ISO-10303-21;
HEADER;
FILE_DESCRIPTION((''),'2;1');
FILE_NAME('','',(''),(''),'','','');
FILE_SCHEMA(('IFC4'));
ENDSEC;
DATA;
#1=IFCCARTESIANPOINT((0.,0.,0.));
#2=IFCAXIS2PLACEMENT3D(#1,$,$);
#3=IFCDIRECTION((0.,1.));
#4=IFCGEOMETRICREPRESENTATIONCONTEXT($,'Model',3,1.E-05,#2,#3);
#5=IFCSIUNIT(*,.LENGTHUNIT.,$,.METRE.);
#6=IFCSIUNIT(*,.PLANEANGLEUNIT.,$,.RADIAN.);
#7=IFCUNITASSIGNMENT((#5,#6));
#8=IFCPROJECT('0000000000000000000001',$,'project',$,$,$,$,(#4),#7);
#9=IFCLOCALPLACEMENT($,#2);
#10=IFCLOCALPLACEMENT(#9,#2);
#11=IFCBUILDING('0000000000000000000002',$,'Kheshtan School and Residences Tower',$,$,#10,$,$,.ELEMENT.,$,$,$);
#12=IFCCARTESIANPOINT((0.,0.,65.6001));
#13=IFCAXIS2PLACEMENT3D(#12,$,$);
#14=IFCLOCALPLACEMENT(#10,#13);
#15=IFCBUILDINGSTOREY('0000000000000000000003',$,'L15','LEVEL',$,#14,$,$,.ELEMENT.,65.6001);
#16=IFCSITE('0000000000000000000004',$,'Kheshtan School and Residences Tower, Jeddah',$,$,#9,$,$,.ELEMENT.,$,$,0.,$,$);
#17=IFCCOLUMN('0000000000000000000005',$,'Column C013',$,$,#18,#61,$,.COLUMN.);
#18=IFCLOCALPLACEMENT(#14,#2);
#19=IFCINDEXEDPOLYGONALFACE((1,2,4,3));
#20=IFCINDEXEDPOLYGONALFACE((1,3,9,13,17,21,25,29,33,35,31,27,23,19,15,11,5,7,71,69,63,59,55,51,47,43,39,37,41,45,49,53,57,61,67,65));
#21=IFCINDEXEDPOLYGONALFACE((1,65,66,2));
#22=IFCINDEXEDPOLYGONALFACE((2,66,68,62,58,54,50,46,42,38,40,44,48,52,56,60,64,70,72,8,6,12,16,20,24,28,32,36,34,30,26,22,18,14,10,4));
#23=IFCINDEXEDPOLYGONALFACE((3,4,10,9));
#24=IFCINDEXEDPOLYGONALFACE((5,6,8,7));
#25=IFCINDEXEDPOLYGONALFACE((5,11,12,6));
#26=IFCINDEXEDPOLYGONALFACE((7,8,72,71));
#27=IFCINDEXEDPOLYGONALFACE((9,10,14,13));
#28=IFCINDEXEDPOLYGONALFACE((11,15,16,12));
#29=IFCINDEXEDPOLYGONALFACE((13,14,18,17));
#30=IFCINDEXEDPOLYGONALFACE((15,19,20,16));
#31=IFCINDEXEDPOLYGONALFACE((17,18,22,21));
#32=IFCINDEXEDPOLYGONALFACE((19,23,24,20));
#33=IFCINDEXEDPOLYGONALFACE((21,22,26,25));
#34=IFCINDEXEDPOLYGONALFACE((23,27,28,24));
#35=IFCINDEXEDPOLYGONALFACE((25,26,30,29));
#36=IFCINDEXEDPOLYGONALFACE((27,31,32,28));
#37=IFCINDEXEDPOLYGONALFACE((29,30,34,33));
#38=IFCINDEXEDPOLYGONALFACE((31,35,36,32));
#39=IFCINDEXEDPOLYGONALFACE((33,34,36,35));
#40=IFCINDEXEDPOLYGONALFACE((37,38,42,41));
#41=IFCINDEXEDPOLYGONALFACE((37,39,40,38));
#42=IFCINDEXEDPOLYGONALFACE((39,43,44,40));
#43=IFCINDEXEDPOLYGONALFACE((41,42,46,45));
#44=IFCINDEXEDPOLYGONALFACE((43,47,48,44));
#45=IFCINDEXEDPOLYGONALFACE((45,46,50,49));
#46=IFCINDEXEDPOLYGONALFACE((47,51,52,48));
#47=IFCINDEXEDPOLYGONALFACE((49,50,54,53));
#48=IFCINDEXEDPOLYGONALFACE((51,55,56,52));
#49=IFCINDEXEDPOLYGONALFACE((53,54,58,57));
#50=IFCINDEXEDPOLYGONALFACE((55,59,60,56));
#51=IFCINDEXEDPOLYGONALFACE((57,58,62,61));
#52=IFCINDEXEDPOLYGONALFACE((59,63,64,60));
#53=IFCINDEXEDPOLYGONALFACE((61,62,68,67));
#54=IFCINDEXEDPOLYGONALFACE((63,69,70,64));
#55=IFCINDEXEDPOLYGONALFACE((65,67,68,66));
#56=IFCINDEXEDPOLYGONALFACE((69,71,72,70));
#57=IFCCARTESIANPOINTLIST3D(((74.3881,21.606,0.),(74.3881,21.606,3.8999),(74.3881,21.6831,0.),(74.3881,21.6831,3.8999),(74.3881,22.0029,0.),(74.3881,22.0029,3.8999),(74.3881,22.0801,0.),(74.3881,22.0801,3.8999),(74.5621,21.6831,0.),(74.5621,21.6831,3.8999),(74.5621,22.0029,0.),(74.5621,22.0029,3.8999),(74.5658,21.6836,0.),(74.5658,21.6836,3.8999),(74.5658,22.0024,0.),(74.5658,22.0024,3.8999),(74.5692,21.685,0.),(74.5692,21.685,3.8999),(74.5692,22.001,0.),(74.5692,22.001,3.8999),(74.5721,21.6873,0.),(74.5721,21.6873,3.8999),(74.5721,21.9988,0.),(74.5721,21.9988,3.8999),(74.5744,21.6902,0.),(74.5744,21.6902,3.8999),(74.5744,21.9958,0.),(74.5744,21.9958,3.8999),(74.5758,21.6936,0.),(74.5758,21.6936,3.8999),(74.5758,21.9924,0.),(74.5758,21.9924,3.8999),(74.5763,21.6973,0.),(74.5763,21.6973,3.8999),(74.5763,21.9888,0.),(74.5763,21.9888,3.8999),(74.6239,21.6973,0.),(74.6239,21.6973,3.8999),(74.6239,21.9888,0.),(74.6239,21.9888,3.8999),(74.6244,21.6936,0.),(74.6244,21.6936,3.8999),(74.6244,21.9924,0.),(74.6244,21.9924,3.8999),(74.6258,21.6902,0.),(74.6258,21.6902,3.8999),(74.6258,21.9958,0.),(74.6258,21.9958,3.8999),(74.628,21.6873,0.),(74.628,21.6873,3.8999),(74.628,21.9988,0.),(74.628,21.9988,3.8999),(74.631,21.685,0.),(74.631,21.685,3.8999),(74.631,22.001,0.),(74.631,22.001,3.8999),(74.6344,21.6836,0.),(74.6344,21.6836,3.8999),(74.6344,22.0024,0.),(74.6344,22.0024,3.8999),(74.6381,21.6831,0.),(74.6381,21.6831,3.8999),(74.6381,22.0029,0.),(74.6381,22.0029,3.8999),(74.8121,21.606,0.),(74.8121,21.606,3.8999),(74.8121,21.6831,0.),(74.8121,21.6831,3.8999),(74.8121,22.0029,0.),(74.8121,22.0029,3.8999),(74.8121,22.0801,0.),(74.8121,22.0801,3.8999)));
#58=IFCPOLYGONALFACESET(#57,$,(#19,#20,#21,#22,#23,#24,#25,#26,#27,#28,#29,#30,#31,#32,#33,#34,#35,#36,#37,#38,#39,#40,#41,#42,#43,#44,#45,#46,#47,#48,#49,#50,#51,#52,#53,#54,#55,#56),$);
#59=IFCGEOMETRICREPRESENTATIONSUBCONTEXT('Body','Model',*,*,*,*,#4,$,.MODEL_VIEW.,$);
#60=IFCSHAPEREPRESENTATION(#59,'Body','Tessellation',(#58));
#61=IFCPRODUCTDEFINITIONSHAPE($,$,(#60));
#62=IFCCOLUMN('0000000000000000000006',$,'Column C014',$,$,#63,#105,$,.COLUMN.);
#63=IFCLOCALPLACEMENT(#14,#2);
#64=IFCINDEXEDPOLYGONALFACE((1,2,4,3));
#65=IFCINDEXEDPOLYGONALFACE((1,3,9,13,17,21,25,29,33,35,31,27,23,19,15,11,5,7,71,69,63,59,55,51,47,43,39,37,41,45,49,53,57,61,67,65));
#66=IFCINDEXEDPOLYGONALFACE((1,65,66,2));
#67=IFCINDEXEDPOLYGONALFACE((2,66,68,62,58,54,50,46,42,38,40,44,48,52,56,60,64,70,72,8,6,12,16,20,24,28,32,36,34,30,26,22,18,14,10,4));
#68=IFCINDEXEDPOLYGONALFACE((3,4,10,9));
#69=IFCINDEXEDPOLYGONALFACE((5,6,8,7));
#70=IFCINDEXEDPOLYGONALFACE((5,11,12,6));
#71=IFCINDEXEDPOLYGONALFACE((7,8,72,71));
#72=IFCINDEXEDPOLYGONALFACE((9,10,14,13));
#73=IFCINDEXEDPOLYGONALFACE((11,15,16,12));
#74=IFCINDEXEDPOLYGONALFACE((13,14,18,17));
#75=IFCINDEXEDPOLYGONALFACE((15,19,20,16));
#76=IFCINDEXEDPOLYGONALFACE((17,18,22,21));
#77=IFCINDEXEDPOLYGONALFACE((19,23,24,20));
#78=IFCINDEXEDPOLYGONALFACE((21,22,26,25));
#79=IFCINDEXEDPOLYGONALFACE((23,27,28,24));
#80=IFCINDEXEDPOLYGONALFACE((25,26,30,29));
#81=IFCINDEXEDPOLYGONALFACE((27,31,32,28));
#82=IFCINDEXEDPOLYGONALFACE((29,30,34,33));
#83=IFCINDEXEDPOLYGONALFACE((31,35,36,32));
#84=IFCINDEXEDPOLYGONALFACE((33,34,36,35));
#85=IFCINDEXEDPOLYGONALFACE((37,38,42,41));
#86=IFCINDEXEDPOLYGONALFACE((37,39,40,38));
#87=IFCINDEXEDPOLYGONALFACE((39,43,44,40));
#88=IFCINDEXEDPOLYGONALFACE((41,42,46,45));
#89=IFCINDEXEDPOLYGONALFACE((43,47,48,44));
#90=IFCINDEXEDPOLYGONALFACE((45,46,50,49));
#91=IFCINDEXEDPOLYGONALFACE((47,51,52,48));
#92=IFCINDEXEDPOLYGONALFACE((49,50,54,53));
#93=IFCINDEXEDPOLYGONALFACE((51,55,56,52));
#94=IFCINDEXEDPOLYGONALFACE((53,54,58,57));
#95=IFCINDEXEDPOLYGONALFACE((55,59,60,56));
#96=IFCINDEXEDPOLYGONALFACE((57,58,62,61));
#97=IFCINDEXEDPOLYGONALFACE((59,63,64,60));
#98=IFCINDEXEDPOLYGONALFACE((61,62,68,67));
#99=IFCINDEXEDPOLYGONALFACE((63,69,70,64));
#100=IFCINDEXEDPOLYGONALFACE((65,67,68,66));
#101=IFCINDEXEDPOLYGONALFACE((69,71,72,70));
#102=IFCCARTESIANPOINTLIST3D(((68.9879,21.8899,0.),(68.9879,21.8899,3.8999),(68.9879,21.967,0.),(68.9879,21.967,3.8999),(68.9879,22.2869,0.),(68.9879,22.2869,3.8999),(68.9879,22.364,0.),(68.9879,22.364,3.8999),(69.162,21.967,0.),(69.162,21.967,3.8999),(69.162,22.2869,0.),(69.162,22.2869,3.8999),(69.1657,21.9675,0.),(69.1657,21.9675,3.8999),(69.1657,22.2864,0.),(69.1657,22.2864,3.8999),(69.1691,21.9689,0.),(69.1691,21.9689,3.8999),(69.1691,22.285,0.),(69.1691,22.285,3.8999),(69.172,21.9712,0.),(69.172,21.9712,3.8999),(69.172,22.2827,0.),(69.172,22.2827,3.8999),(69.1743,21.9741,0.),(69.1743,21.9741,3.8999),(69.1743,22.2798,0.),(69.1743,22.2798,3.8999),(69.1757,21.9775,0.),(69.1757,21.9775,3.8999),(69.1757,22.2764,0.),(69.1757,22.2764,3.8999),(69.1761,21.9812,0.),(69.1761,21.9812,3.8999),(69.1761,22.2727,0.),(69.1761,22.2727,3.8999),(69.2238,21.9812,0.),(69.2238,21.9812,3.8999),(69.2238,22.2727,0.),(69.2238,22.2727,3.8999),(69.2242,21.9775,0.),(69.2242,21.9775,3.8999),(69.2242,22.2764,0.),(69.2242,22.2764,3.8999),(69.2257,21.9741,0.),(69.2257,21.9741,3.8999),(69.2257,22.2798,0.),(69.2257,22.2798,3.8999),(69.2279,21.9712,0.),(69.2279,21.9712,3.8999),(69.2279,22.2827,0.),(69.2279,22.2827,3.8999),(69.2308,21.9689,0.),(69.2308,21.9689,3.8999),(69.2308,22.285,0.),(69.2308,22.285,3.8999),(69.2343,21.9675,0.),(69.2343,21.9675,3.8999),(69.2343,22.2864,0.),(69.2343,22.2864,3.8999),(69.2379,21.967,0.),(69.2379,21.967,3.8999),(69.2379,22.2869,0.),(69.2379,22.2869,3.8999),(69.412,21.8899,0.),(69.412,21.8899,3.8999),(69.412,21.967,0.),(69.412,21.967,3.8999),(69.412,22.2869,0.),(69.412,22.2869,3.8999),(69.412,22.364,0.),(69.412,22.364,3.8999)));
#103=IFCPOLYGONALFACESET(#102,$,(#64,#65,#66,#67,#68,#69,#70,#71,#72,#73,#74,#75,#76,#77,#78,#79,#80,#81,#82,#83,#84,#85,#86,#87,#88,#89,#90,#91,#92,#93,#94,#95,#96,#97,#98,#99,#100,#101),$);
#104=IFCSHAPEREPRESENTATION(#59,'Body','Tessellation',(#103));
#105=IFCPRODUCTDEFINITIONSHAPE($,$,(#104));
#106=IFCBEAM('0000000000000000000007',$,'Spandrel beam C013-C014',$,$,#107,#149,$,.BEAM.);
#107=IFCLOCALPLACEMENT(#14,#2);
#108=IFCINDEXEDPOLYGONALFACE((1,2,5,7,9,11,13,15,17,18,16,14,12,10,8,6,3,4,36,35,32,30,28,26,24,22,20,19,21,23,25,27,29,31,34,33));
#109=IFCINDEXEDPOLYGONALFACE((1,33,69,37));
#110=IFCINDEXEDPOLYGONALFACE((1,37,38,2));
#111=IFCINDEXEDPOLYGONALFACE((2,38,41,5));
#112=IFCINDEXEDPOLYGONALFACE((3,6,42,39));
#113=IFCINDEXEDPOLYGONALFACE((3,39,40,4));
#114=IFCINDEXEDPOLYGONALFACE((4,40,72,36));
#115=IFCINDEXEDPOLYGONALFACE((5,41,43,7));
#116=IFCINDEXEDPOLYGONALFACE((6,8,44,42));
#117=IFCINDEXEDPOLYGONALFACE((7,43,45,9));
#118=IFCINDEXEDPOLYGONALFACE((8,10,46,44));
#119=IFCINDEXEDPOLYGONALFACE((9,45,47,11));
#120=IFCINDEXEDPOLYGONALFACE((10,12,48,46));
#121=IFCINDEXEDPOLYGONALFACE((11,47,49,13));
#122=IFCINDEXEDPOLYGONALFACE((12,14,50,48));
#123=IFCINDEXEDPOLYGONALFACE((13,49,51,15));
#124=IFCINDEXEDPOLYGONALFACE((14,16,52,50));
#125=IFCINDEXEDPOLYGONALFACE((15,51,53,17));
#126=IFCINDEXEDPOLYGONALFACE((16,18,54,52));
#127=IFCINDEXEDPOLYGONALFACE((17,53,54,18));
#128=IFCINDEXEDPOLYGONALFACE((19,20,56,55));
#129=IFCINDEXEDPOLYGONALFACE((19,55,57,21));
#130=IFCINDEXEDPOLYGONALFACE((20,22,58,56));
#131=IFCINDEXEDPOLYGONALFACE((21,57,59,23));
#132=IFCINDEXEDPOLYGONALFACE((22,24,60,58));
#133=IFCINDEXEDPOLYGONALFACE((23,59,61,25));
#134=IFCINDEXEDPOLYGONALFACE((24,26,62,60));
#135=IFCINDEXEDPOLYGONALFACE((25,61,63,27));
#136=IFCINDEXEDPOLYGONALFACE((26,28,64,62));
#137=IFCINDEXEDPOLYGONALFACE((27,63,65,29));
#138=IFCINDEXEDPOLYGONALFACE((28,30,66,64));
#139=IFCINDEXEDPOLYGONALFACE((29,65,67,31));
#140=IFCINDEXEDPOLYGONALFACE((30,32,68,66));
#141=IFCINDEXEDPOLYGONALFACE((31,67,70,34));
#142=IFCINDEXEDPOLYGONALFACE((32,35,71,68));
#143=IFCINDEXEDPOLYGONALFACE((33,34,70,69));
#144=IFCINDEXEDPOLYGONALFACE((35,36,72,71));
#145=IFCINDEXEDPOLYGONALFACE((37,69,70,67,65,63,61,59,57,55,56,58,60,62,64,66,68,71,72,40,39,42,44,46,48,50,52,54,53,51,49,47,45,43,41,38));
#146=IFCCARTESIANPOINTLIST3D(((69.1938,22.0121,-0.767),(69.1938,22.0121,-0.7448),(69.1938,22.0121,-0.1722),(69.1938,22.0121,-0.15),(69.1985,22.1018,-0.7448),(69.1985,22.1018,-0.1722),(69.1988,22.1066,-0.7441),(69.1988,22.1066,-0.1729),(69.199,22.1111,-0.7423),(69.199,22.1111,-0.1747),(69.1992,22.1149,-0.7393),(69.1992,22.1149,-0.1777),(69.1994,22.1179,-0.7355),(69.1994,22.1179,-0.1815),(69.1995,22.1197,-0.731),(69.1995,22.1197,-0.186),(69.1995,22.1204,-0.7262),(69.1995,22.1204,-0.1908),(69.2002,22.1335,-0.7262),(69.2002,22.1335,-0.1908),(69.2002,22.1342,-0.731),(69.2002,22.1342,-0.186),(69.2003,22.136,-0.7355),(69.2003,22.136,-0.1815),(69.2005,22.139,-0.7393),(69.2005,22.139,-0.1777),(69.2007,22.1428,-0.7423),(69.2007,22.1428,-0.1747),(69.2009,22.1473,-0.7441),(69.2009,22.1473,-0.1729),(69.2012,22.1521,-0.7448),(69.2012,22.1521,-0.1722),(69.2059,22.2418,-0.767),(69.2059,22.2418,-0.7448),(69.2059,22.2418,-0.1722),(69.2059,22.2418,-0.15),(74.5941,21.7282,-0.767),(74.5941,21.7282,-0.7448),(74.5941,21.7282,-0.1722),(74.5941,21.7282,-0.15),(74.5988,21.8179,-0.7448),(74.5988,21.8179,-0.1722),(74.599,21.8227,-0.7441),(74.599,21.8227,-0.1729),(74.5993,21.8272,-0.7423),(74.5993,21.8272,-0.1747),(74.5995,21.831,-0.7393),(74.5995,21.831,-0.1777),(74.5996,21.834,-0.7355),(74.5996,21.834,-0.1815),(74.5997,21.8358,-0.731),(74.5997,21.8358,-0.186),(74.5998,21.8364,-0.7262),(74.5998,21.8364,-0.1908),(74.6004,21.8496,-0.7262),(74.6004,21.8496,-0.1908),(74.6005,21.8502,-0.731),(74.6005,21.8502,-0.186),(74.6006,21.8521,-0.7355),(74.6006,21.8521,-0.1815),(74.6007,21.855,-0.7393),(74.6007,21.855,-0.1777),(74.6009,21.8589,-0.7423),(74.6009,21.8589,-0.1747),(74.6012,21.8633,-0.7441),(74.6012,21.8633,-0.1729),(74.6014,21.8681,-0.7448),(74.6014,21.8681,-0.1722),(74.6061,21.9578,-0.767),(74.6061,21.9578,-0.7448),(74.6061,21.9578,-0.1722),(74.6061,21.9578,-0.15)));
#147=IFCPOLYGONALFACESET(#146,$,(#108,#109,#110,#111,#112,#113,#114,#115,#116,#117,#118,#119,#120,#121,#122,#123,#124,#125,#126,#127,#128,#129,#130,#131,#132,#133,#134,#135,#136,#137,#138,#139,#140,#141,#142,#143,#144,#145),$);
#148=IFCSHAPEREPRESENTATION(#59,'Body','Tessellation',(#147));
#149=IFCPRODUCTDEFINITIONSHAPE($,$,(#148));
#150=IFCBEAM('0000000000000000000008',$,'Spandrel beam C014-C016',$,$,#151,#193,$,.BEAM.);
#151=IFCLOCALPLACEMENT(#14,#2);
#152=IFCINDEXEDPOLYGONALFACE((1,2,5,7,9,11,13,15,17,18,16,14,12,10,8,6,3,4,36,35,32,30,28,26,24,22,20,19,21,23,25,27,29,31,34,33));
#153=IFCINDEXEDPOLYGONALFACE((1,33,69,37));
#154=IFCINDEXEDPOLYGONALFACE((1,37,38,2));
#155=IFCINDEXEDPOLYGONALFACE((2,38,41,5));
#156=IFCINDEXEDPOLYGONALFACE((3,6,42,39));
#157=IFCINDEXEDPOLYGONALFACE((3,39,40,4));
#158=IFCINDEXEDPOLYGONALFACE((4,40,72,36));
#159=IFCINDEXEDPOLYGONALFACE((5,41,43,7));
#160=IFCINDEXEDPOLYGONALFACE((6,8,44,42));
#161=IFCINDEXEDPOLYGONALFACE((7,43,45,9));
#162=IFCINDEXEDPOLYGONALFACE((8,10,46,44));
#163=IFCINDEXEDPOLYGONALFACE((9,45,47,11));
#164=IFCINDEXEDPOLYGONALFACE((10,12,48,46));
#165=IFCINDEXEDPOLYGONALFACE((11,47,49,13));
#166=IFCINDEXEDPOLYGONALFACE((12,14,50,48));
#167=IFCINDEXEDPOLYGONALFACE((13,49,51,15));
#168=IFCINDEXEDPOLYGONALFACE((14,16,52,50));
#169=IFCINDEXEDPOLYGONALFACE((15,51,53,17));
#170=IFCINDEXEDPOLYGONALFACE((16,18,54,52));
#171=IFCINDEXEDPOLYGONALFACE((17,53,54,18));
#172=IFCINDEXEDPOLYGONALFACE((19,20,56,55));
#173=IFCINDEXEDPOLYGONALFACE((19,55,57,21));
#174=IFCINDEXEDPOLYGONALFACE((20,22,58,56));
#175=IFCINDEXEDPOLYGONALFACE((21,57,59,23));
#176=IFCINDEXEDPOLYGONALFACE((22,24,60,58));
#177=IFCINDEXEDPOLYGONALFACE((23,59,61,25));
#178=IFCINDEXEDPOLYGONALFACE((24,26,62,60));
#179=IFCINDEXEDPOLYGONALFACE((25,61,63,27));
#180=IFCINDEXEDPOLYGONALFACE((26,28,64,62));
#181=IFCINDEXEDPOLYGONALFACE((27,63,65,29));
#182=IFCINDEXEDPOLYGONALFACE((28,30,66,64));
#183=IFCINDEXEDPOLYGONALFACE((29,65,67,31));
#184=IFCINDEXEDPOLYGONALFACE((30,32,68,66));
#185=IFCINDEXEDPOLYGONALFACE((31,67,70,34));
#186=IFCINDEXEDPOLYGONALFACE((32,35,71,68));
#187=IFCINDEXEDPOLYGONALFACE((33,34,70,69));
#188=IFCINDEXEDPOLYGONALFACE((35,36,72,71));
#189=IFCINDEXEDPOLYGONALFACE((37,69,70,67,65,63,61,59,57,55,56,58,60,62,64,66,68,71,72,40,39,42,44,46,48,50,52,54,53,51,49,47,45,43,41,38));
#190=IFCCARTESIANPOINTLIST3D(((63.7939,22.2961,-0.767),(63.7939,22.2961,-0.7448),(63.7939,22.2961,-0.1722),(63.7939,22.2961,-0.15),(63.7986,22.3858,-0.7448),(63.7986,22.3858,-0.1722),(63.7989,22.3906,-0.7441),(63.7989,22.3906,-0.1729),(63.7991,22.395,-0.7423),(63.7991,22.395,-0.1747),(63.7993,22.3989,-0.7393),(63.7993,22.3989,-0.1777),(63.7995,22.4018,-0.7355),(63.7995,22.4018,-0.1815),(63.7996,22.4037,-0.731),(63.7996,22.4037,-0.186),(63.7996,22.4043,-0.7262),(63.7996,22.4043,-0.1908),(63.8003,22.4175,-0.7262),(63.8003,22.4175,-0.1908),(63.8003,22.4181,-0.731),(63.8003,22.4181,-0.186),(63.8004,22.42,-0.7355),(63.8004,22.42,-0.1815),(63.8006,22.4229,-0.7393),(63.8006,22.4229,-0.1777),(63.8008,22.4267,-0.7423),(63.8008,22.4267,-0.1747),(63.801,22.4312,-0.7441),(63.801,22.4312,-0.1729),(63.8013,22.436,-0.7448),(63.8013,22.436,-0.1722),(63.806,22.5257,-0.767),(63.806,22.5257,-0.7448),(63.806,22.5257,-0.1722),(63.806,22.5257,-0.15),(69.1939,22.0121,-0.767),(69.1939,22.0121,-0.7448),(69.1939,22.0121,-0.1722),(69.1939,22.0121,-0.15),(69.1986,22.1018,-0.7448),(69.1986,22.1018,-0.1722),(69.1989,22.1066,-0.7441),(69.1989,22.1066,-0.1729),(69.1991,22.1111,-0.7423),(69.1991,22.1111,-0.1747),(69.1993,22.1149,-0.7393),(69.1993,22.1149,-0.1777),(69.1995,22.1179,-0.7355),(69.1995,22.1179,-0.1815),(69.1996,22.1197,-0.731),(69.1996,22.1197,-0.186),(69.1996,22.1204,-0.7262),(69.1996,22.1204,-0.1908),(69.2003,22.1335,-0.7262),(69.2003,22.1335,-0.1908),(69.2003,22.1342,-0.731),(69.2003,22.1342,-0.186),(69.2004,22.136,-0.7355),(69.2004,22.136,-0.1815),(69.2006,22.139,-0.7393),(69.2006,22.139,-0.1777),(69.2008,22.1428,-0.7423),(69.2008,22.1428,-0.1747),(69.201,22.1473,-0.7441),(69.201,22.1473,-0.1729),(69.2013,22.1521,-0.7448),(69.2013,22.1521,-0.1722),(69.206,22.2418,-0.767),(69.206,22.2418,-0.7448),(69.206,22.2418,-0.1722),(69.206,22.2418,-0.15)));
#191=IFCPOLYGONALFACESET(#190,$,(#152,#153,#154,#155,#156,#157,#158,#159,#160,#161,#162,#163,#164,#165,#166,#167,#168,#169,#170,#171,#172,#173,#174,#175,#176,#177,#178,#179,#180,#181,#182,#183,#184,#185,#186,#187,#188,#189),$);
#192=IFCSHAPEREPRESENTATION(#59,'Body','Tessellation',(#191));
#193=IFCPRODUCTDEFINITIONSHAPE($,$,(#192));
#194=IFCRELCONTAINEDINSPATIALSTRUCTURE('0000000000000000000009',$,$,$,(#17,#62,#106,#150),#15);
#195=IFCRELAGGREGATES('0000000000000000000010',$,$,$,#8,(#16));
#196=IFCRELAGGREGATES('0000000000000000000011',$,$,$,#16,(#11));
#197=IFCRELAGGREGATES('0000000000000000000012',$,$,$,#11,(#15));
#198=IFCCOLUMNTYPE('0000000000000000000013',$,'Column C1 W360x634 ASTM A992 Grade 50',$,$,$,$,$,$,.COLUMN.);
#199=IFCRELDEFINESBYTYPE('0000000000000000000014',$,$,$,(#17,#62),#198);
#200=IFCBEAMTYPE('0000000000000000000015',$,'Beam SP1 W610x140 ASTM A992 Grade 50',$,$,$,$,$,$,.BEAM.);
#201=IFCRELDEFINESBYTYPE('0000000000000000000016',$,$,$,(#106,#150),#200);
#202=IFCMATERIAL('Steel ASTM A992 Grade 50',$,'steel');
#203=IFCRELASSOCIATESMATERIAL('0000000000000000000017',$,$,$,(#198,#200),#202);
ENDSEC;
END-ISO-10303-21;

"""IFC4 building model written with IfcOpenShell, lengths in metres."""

from ifc_helpers import new_model, si_unit, direction, frame, origin, origin_2d, place, context, subcontext, project, spatial, i_section, extrude, material, material_profile, profile_set, type_object, element, save


model = new_model("IFC4")

# Units and contexts
model_context = context("Model", 3, precision=1e-05, world=origin(), true_north=direction((0.0, 1.0)))
body_context = subcontext(model_context, "Body", "Model", "MODEL_VIEW")
ifc_project = project(units=[si_unit("LENGTHUNIT", "METRE"), si_unit("PLANEANGLEUNIT", "RADIAN")], contexts=[model_context])

# Site, building, storey
site_placement = place(None, origin())
site = spatial("IfcSite", under=ifc_project, at=site_placement, Name="Kheshtan School and Residences Tower, Jeddah", CompositionType="ELEMENT", RefElevation=0.0)
building_placement = place(site_placement, origin())
building = spatial("IfcBuilding", under=site, at=building_placement, Name="Kheshtan School and Residences Tower", CompositionType="ELEMENT")
storey_placement = place(building_placement, frame((0.0, 0.0, 65.6001)))
storey = spatial("IfcBuildingStorey", under=building, at=storey_placement, Name="L15", Description="LEVEL", CompositionType="ELEMENT", Elevation=65.6001)

# Columns
ifc_material_1 = material(Name="Steel ASTM A992 Grade 50", Category="steel")
ifc_material_profile_1 = material_profile(ifc_material_1, i_section(OverallWidth=0.4241, OverallDepth=0.4741, WebThickness=0.0476, FlangeThickness=0.0771, FilletRadius=0.0142, at=origin_2d()), Name="W360x634")
ifc_profile_set_1 = profile_set([ifc_material_profile_1], Name="Steel ASTM A992 Grade 50")
column_type = type_object("IfcColumnType", Name="Column C1 W360x634 ASTM A992 Grade 50", PredefinedType="COLUMN", material=ifc_profile_set_1)
for number, where, z_axis, x_axis, name in (
    (1, (74.6001, 21.843, 0.0), (0.0, 0.0, 1.0), (1.0, 0.0, 0.0), "Column C013"),
    (2, (69.2, 22.127, 0.0), (0.0, 0.0, 1.0), (1.0, 0.0, 0.0), "Column C014"),
):
    element("IfcColumn", number, at=place(storey_placement, frame(where, z_axis=z_axis, x_axis=x_axis)), inside=storey, type_object=column_type, Name=name, PredefinedType="COLUMN", context=body_context, shape_type="SweptSolid", body=[
        extrude(i_section(OverallWidth=0.4241, OverallDepth=0.4741, WebThickness=0.0476, FlangeThickness=0.0771, FilletRadius=0.0142, at=origin_2d()), origin(), (0.0, 0.0, 1.0), 3.8999),
    ])

# Beams
ifc_material_profile_2 = material_profile(ifc_material_1, i_section(OverallWidth=0.23, OverallDepth=0.6169, WebThickness=0.0132, FlangeThickness=0.0222, FilletRadius=0.0186, at=origin_2d()), Name="W610x140")
ifc_profile_set_2 = profile_set([ifc_material_profile_2], Name="Steel ASTM A992 Grade 50")
beam_type = type_object("IfcBeamType", Name="Beam SP1 W610x140 ASTM A992 Grade 50", PredefinedType="BEAM", material=ifc_profile_set_2)
beam_1_placement = place(storey_placement, frame((74.6001, 21.843, -0.4585), z_axis=(-0.998621, 0.052507, 0.0), x_axis=(-0.052507, -0.998621, 0.0)))
element("IfcBeam", 3, at=beam_1_placement, inside=storey, type_object=beam_type, Name="Spandrel beam C013-C014", PredefinedType="BEAM", context=body_context, shape_type="SweptSolid", body=[
    extrude(i_section(OverallWidth=0.23, OverallDepth=0.6169, WebThickness=0.0132, FlangeThickness=0.0222, FilletRadius=0.0186, at=origin_2d()), origin(), (0.0, 0.0, 1.0), 5.4077),
])
beam_2_placement = place(storey_placement, frame((69.2, 22.127, -0.4585), z_axis=(-0.99862, 0.052509, 0.0), x_axis=(-0.052509, -0.99862, 0.0)))
element("IfcBeam", 4, at=beam_2_placement, inside=storey, type_object=beam_type, Name="Spandrel beam C014-C016", PredefinedType="BEAM", context=body_context, shape_type="SweptSolid", body=[
    extrude(i_section(OverallWidth=0.23, OverallDepth=0.6169, WebThickness=0.0132, FlangeThickness=0.0222, FilletRadius=0.0186, at=origin_2d()), origin(), (0.0, 0.0, 1.0), 5.4075),
])

save(model, "model.ifc")
